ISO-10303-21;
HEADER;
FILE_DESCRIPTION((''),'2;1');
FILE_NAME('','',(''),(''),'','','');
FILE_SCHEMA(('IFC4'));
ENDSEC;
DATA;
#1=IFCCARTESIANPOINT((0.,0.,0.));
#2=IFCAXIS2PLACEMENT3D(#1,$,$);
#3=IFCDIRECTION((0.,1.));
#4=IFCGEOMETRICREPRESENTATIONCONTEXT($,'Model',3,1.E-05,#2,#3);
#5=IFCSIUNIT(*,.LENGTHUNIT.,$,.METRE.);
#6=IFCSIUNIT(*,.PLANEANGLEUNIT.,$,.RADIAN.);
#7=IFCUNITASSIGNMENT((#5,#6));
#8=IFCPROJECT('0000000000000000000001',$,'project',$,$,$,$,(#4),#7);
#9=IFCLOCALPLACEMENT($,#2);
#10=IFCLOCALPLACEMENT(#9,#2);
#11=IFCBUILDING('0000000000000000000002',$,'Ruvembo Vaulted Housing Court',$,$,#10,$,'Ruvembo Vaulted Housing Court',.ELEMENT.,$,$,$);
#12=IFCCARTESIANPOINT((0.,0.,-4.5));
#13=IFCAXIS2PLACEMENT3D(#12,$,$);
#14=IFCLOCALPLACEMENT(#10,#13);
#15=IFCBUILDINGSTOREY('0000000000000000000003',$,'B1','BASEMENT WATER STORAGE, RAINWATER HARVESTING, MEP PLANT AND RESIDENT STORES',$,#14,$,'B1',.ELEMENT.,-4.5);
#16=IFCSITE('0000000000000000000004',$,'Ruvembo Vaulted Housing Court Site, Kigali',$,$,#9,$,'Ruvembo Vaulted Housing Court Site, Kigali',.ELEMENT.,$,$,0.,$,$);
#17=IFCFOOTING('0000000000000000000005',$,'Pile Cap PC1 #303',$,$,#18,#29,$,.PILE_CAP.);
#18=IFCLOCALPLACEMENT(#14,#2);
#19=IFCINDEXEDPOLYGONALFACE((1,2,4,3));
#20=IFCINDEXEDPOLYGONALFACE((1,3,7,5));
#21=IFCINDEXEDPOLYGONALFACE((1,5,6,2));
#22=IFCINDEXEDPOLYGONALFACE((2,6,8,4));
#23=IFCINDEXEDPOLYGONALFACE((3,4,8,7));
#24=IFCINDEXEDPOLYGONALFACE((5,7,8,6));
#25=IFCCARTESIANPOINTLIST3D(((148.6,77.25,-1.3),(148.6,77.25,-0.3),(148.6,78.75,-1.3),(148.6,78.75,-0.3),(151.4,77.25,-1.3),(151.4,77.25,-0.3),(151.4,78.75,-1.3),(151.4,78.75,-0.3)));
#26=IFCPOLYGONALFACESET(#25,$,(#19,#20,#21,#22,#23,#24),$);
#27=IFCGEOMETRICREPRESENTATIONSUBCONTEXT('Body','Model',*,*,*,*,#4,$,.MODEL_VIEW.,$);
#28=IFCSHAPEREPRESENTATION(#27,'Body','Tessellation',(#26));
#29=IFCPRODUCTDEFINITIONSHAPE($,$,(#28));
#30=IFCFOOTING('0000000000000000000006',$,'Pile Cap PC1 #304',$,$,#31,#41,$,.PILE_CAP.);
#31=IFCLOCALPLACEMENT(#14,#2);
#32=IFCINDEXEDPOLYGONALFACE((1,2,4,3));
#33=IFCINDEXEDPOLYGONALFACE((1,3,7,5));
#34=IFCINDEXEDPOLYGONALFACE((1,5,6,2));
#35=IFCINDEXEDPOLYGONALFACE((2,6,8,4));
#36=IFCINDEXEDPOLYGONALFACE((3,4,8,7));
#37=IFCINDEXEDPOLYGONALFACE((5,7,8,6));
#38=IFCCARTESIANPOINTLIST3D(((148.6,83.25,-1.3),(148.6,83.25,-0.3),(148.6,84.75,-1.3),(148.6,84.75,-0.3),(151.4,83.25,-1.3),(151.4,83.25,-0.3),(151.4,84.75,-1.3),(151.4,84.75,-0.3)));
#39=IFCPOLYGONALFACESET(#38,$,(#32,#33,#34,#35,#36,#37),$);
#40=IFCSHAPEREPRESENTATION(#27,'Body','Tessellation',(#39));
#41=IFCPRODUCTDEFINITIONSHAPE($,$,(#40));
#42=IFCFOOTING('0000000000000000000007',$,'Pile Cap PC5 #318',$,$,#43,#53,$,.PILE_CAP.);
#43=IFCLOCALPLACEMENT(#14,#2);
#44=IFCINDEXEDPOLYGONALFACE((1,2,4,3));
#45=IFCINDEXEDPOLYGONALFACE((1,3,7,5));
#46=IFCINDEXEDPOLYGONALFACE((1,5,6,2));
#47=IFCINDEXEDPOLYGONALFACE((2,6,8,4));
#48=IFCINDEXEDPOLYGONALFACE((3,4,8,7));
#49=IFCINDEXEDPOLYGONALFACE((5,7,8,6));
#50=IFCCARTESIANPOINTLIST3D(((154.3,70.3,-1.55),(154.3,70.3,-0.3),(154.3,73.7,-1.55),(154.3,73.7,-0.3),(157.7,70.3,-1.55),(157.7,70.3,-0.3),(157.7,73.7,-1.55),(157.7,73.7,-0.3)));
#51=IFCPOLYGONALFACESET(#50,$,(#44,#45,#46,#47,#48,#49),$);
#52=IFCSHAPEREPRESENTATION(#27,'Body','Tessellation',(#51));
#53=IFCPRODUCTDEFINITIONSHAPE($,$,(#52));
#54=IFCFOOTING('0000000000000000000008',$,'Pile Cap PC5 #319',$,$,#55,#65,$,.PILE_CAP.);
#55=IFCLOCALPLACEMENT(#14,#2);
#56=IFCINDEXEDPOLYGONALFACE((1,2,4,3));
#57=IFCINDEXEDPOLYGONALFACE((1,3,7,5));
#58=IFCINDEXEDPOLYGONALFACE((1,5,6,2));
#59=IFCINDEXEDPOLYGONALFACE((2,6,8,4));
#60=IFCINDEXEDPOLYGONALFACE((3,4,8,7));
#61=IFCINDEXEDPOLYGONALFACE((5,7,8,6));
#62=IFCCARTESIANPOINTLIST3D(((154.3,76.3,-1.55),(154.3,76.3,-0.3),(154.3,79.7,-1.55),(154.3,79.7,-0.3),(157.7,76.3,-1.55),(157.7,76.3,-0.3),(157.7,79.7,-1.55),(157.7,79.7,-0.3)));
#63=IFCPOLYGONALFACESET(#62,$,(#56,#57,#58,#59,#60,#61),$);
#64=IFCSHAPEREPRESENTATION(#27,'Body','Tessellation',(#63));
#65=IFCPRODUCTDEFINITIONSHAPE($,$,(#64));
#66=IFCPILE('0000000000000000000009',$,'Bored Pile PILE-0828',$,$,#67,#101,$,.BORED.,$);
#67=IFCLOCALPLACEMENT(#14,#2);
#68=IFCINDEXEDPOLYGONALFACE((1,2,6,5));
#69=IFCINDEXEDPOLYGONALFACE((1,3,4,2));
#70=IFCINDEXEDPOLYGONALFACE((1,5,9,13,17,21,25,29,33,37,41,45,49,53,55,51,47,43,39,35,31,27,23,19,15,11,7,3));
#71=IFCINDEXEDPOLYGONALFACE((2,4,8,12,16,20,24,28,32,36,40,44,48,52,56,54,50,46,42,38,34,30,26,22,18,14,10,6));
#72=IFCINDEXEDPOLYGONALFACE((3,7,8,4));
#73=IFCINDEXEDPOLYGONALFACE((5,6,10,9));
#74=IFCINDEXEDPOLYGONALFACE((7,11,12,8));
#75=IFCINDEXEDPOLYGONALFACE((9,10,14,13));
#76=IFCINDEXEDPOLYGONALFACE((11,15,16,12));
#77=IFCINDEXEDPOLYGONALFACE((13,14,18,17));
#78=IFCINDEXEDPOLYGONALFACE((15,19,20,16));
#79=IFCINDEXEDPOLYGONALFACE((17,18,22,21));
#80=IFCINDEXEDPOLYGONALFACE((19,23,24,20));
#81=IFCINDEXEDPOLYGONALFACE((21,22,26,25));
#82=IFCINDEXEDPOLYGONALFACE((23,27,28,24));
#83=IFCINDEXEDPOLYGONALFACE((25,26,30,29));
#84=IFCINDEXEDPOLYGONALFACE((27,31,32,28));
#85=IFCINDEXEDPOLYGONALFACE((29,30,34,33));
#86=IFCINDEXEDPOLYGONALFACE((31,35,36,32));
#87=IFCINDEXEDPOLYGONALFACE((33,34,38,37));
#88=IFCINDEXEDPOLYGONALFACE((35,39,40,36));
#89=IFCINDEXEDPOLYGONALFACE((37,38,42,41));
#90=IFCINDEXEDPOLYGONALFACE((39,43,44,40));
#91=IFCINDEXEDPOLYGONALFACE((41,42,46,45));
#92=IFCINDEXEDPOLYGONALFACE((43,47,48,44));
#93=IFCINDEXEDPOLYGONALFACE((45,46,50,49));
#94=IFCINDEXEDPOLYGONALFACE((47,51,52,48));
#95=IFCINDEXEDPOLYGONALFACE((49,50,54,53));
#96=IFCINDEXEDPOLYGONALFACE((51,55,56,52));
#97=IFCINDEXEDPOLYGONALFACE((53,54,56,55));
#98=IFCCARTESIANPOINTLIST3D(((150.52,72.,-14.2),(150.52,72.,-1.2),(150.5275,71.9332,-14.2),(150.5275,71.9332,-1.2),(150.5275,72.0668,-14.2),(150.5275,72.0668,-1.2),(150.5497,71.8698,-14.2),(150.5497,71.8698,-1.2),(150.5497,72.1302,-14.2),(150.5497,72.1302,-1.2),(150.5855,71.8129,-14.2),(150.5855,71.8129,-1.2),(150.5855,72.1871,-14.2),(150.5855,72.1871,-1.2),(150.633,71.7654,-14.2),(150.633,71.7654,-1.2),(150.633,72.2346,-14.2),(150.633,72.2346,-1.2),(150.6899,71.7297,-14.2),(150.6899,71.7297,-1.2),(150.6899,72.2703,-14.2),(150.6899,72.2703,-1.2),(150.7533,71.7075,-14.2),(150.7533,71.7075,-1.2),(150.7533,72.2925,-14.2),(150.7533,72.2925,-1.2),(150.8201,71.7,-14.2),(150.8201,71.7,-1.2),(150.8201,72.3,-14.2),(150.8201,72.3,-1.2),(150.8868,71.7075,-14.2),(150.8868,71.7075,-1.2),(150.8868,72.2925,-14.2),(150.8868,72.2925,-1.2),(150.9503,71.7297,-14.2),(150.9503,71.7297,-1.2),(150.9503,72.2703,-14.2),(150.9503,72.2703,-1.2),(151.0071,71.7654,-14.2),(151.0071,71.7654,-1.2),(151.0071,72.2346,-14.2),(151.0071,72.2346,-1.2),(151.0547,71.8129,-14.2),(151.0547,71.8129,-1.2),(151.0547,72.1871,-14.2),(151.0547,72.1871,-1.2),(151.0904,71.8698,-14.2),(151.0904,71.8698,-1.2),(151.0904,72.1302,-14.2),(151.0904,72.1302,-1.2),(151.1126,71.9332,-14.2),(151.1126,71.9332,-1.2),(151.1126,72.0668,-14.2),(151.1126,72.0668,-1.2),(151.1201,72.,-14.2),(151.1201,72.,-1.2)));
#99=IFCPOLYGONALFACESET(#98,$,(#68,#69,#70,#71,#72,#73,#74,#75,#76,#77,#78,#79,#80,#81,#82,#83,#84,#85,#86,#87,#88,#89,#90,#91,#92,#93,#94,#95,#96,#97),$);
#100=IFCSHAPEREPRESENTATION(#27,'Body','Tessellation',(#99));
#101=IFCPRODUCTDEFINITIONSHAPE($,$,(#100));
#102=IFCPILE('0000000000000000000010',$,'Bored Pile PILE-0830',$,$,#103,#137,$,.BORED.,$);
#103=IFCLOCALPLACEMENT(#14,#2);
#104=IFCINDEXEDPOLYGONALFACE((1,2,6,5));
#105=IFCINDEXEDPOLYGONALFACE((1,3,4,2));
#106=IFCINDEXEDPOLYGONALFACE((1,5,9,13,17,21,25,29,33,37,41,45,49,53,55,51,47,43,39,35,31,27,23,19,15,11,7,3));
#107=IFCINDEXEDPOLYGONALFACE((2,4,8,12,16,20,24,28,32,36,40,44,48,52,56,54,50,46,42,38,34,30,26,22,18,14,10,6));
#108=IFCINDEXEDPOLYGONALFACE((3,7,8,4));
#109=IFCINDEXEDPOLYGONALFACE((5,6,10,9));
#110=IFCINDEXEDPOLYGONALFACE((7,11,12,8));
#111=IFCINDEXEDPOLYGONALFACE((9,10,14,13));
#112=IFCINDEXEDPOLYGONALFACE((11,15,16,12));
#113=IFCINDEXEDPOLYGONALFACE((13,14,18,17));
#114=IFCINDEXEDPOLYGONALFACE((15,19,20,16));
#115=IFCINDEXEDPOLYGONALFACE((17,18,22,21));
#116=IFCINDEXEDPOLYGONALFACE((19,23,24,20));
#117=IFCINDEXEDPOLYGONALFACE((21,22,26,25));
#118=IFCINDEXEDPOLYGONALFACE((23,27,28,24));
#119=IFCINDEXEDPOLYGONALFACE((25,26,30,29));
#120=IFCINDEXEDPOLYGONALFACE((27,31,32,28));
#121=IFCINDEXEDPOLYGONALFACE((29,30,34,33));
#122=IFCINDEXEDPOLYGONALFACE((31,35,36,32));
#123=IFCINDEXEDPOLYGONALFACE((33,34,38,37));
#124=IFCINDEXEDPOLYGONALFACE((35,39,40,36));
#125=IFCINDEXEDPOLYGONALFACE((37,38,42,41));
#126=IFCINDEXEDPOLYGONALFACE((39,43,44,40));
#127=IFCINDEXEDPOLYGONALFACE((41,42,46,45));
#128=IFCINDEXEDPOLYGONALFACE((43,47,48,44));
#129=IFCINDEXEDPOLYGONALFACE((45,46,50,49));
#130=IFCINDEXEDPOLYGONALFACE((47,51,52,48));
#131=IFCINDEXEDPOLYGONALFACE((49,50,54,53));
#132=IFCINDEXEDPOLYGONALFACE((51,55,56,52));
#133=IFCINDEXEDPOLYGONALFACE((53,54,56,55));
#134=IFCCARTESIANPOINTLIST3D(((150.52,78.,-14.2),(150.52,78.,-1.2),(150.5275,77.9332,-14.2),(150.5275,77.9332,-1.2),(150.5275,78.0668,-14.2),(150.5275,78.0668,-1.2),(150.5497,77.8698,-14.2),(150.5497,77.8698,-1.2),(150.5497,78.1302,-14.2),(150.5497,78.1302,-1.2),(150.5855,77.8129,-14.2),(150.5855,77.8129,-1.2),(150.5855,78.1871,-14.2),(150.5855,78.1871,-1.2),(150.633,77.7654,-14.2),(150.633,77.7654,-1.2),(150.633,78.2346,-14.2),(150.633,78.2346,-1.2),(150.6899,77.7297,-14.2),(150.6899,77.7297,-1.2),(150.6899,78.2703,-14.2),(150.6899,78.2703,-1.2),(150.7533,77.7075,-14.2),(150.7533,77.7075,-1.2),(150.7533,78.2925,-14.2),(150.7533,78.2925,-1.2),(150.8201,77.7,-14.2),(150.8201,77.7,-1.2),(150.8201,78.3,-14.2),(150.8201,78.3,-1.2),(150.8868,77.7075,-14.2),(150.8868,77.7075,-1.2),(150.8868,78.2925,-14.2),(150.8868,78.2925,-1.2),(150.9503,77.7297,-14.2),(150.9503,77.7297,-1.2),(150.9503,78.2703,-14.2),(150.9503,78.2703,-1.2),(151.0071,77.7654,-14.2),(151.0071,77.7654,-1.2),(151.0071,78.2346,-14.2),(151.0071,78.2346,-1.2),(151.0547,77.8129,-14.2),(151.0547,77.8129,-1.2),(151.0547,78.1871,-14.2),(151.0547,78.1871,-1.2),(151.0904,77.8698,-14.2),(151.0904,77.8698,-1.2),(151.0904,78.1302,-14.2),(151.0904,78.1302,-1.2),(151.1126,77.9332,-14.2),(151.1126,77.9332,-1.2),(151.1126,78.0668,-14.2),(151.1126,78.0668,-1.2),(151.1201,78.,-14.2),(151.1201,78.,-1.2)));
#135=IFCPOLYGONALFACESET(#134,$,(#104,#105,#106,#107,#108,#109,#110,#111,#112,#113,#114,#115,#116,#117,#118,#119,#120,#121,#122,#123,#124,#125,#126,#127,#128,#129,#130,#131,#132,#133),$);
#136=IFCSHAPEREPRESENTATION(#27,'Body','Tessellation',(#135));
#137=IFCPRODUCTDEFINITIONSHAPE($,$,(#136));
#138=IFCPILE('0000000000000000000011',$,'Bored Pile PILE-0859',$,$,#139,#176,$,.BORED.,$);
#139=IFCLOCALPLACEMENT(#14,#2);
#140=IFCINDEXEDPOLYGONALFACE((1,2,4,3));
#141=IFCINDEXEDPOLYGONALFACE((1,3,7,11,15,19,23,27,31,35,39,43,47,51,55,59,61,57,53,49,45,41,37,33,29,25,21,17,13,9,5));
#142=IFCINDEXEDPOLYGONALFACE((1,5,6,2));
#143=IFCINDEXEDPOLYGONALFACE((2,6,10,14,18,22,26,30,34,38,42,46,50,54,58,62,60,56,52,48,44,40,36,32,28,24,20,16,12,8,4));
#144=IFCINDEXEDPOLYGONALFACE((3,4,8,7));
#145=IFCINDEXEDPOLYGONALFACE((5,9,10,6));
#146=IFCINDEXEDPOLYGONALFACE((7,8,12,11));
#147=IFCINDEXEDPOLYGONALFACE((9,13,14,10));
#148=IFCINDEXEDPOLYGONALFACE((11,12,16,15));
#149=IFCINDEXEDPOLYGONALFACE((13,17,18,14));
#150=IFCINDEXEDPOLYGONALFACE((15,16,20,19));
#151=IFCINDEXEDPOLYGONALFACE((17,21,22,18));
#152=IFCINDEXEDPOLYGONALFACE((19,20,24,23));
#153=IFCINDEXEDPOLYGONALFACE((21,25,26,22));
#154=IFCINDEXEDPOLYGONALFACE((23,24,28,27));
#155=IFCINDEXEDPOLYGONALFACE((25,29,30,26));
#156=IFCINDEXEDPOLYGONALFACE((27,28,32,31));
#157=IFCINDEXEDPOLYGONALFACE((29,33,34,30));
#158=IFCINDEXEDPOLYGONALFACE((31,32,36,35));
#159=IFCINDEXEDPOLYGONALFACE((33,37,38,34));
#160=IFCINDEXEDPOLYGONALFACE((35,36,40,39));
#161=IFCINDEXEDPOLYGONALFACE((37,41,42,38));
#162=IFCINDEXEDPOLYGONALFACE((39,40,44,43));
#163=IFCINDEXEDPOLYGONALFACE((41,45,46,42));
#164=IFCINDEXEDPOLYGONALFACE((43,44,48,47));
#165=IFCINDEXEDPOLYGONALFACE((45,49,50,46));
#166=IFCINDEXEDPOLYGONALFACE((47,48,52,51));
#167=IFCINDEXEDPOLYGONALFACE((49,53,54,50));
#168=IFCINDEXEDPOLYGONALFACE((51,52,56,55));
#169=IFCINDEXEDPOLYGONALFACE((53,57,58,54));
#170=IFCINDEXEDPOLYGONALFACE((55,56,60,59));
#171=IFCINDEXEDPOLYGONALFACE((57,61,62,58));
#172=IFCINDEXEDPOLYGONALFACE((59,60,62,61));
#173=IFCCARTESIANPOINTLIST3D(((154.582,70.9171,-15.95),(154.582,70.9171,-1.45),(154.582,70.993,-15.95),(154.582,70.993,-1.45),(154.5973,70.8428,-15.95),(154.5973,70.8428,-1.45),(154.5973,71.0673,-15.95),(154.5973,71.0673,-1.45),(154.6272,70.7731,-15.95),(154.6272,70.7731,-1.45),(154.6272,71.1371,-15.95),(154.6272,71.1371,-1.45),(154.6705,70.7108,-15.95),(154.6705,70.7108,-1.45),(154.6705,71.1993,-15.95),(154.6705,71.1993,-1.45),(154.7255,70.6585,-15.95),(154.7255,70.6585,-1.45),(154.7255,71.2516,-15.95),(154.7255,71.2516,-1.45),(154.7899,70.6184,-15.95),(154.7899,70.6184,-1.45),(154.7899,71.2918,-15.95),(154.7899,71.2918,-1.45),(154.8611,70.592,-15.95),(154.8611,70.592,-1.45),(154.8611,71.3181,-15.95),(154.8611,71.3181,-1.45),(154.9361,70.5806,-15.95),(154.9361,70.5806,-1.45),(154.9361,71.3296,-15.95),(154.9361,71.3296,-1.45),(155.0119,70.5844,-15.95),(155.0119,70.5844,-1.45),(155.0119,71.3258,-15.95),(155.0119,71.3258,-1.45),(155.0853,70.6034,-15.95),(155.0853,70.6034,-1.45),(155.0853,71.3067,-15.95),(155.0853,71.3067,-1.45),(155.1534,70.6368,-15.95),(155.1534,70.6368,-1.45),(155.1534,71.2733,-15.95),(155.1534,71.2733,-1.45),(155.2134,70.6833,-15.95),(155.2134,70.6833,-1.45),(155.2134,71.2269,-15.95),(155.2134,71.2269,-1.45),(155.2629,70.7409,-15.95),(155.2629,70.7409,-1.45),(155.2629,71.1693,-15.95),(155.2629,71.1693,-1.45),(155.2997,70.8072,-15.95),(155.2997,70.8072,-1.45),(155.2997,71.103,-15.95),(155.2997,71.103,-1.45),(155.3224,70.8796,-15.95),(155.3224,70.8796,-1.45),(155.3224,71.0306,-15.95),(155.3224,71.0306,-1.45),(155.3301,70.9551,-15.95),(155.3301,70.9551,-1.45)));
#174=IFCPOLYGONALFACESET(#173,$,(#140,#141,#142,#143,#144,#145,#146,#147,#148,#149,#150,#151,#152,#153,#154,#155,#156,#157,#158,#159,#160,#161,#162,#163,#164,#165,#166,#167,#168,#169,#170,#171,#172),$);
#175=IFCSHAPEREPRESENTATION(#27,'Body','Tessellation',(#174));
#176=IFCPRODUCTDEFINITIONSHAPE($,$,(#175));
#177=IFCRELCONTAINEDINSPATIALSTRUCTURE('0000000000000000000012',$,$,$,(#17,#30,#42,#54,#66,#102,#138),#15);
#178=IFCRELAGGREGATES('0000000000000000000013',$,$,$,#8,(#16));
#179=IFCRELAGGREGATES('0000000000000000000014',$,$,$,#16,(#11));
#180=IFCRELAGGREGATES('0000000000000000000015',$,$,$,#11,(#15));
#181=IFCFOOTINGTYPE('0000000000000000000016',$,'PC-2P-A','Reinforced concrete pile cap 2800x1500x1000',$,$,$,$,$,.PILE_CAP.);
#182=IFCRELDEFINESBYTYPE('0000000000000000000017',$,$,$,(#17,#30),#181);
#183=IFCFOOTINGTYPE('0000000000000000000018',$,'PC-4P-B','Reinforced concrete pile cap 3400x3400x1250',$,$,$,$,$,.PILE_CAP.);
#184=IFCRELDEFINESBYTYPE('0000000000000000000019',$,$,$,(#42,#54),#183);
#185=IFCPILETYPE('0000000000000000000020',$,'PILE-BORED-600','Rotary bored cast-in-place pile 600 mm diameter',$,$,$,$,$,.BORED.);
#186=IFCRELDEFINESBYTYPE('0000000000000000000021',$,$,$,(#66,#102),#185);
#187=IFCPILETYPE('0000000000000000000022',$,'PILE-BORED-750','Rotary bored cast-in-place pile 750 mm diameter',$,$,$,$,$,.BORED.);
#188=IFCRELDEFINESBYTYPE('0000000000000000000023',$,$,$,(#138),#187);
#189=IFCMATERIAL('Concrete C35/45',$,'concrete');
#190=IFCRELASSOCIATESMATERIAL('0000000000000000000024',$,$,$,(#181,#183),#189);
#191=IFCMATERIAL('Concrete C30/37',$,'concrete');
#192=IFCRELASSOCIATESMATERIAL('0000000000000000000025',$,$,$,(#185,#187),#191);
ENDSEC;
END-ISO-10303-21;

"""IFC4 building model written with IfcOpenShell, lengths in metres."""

from ifc_helpers import new_model, si_unit, direction, frame, origin, origin_2d, place, context, subcontext, project, spatial, rectangle, circle, extrude, material, material_profile, profile_set, type_object, element, save


model = new_model("IFC4")

# Units and contexts
model_context = context("Model", 3, precision=1e-05, world=origin(), true_north=direction((0.0, 1.0)))
body_context = subcontext(model_context, "Body", "Model", "MODEL_VIEW")
ifc_project = project(units=[si_unit("LENGTHUNIT", "METRE"), si_unit("PLANEANGLEUNIT", "RADIAN")], contexts=[model_context])

# Site, building, storey
site_placement = place(None, origin())
site = spatial("IfcSite", under=ifc_project, at=site_placement, Name="Ruvembo Vaulted Housing Court Site, Kigali", LongName="Ruvembo Vaulted Housing Court Site, Kigali", CompositionType="ELEMENT", RefElevation=0.0)
building_placement = place(site_placement, origin())
building = spatial("IfcBuilding", under=site, at=building_placement, Name="Ruvembo Vaulted Housing Court", LongName="Ruvembo Vaulted Housing Court", CompositionType="ELEMENT")
storey_placement = place(building_placement, frame((0.0, 0.0, -4.5)))
storey = spatial("IfcBuildingStorey", under=building, at=storey_placement, Name="B1", Description="BASEMENT WATER STORAGE, RAINWATER HARVESTING, MEP PLANT AND RESIDENT STORES", LongName="B1", CompositionType="ELEMENT", Elevation=-4.5)

# Footings
ifc_material_1 = material(Name="Concrete C35/45", Category="concrete")
footing_type_1 = type_object("IfcFootingType", Name="PC-2P-A", Description="Reinforced concrete pile cap 2800x1500x1000", PredefinedType="PILE_CAP", material=ifc_material_1)
for number, where, z_axis, x_axis, name in (
    (1, (150.0, 78.0, -1.3), (0.0, 0.0, 1.0), (1.0, 0.0, 0.0), "Pile Cap PC1 #303"),
    (2, (150.0, 84.0, -1.3), (0.0, 0.0, 1.0), (1.0, 0.0, 0.0), "Pile Cap PC1 #304"),
):
    element("IfcFooting", number, at=place(storey_placement, frame(where, z_axis=z_axis, x_axis=x_axis)), inside=storey, type_object=footing_type_1, Name=name, PredefinedType="PILE_CAP", context=body_context, shape_type="SweptSolid", body=[
        extrude(rectangle(XDim=2.8, YDim=1.5, at=origin_2d()), origin(), (0.0, 0.0, 1.0), 1.0),
    ])
footing_type_2 = type_object("IfcFootingType", Name="PC-4P-B", Description="Reinforced concrete pile cap 3400x3400x1250", PredefinedType="PILE_CAP", material=ifc_material_1)
for number, where, z_axis, x_axis, name in (
    (3, (156.0, 72.0, -1.55), (0.0, 0.0, 1.0), (1.0, 0.0, 0.0), "Pile Cap PC5 #318"),
    (4, (156.0, 78.0, -1.55), (0.0, 0.0, 1.0), (1.0, 0.0, 0.0), "Pile Cap PC5 #319"),
):
    element("IfcFooting", number, at=place(storey_placement, frame(where, z_axis=z_axis, x_axis=x_axis)), inside=storey, type_object=footing_type_2, Name=name, PredefinedType="PILE_CAP", context=body_context, shape_type="SweptSolid", body=[
        extrude(rectangle(XDim=3.3999, YDim=3.3999, at=origin_2d()), origin(), (0.0, 0.0, 1.0), 1.25),
    ])

# Piles
ifc_material_2 = material(Name="Concrete C30/37", Category="concrete")
ifc_material_profile_1 = material_profile(ifc_material_2, circle(Radius=0.3, at=origin_2d()), Name="PILE D600")
ifc_profile_set_1 = profile_set([ifc_material_profile_1], Name="Concrete C30/37")
pile_type_1 = type_object("IfcPileType", Name="PILE-BORED-600", Description="Rotary bored cast-in-place pile 600 mm diameter", PredefinedType="BORED", material=ifc_profile_set_1)
for number, where, z_axis, x_axis, name in (
    (5, (150.8201, 72.0, -1.2), (0.0, 0.0, -1.0), (1.0, 0.0, 0.0), "Bored Pile PILE-0828"),
    (6, (150.8201, 78.0, -1.2), (0.0, 0.0, -1.0), (1.0, 0.0, 0.0), "Bored Pile PILE-0830"),
):
    element("IfcPile", number, at=place(storey_placement, frame(where, z_axis=z_axis, x_axis=x_axis)), inside=storey, type_object=pile_type_1, Name=name, PredefinedType="BORED", context=body_context, shape_type="SweptSolid", body=[
        extrude(circle(Radius=0.3, at=origin_2d()), origin(), (0.0, 0.0, 1.0), 13.0),
    ])
ifc_material_profile_2 = material_profile(ifc_material_2, circle(Radius=0.375, at=origin_2d()), Name="PILE D750")
ifc_profile_set_2 = profile_set([ifc_material_profile_2], Name="Concrete C30/37")
pile_type_2 = type_object("IfcPileType", Name="PILE-BORED-750", Description="Rotary bored cast-in-place pile 750 mm diameter", PredefinedType="BORED", material=ifc_profile_set_2)
for number, where, z_axis, x_axis, name in (
    (7, (154.9551, 70.9551, -1.45), (0.0, 0.0, -1.0), (1.0, 0.0, 0.0), "Bored Pile PILE-0859"),
):
    element("IfcPile", number, at=place(storey_placement, frame(where, z_axis=z_axis, x_axis=x_axis)), inside=storey, type_object=pile_type_2, Name=name, PredefinedType="BORED", context=body_context, shape_type="SweptSolid", body=[
        extrude(circle(Radius=0.375, at=origin_2d()), origin(), (0.0, 0.0, 1.0), 14.5),
    ])

save(model, "model.ifc")
